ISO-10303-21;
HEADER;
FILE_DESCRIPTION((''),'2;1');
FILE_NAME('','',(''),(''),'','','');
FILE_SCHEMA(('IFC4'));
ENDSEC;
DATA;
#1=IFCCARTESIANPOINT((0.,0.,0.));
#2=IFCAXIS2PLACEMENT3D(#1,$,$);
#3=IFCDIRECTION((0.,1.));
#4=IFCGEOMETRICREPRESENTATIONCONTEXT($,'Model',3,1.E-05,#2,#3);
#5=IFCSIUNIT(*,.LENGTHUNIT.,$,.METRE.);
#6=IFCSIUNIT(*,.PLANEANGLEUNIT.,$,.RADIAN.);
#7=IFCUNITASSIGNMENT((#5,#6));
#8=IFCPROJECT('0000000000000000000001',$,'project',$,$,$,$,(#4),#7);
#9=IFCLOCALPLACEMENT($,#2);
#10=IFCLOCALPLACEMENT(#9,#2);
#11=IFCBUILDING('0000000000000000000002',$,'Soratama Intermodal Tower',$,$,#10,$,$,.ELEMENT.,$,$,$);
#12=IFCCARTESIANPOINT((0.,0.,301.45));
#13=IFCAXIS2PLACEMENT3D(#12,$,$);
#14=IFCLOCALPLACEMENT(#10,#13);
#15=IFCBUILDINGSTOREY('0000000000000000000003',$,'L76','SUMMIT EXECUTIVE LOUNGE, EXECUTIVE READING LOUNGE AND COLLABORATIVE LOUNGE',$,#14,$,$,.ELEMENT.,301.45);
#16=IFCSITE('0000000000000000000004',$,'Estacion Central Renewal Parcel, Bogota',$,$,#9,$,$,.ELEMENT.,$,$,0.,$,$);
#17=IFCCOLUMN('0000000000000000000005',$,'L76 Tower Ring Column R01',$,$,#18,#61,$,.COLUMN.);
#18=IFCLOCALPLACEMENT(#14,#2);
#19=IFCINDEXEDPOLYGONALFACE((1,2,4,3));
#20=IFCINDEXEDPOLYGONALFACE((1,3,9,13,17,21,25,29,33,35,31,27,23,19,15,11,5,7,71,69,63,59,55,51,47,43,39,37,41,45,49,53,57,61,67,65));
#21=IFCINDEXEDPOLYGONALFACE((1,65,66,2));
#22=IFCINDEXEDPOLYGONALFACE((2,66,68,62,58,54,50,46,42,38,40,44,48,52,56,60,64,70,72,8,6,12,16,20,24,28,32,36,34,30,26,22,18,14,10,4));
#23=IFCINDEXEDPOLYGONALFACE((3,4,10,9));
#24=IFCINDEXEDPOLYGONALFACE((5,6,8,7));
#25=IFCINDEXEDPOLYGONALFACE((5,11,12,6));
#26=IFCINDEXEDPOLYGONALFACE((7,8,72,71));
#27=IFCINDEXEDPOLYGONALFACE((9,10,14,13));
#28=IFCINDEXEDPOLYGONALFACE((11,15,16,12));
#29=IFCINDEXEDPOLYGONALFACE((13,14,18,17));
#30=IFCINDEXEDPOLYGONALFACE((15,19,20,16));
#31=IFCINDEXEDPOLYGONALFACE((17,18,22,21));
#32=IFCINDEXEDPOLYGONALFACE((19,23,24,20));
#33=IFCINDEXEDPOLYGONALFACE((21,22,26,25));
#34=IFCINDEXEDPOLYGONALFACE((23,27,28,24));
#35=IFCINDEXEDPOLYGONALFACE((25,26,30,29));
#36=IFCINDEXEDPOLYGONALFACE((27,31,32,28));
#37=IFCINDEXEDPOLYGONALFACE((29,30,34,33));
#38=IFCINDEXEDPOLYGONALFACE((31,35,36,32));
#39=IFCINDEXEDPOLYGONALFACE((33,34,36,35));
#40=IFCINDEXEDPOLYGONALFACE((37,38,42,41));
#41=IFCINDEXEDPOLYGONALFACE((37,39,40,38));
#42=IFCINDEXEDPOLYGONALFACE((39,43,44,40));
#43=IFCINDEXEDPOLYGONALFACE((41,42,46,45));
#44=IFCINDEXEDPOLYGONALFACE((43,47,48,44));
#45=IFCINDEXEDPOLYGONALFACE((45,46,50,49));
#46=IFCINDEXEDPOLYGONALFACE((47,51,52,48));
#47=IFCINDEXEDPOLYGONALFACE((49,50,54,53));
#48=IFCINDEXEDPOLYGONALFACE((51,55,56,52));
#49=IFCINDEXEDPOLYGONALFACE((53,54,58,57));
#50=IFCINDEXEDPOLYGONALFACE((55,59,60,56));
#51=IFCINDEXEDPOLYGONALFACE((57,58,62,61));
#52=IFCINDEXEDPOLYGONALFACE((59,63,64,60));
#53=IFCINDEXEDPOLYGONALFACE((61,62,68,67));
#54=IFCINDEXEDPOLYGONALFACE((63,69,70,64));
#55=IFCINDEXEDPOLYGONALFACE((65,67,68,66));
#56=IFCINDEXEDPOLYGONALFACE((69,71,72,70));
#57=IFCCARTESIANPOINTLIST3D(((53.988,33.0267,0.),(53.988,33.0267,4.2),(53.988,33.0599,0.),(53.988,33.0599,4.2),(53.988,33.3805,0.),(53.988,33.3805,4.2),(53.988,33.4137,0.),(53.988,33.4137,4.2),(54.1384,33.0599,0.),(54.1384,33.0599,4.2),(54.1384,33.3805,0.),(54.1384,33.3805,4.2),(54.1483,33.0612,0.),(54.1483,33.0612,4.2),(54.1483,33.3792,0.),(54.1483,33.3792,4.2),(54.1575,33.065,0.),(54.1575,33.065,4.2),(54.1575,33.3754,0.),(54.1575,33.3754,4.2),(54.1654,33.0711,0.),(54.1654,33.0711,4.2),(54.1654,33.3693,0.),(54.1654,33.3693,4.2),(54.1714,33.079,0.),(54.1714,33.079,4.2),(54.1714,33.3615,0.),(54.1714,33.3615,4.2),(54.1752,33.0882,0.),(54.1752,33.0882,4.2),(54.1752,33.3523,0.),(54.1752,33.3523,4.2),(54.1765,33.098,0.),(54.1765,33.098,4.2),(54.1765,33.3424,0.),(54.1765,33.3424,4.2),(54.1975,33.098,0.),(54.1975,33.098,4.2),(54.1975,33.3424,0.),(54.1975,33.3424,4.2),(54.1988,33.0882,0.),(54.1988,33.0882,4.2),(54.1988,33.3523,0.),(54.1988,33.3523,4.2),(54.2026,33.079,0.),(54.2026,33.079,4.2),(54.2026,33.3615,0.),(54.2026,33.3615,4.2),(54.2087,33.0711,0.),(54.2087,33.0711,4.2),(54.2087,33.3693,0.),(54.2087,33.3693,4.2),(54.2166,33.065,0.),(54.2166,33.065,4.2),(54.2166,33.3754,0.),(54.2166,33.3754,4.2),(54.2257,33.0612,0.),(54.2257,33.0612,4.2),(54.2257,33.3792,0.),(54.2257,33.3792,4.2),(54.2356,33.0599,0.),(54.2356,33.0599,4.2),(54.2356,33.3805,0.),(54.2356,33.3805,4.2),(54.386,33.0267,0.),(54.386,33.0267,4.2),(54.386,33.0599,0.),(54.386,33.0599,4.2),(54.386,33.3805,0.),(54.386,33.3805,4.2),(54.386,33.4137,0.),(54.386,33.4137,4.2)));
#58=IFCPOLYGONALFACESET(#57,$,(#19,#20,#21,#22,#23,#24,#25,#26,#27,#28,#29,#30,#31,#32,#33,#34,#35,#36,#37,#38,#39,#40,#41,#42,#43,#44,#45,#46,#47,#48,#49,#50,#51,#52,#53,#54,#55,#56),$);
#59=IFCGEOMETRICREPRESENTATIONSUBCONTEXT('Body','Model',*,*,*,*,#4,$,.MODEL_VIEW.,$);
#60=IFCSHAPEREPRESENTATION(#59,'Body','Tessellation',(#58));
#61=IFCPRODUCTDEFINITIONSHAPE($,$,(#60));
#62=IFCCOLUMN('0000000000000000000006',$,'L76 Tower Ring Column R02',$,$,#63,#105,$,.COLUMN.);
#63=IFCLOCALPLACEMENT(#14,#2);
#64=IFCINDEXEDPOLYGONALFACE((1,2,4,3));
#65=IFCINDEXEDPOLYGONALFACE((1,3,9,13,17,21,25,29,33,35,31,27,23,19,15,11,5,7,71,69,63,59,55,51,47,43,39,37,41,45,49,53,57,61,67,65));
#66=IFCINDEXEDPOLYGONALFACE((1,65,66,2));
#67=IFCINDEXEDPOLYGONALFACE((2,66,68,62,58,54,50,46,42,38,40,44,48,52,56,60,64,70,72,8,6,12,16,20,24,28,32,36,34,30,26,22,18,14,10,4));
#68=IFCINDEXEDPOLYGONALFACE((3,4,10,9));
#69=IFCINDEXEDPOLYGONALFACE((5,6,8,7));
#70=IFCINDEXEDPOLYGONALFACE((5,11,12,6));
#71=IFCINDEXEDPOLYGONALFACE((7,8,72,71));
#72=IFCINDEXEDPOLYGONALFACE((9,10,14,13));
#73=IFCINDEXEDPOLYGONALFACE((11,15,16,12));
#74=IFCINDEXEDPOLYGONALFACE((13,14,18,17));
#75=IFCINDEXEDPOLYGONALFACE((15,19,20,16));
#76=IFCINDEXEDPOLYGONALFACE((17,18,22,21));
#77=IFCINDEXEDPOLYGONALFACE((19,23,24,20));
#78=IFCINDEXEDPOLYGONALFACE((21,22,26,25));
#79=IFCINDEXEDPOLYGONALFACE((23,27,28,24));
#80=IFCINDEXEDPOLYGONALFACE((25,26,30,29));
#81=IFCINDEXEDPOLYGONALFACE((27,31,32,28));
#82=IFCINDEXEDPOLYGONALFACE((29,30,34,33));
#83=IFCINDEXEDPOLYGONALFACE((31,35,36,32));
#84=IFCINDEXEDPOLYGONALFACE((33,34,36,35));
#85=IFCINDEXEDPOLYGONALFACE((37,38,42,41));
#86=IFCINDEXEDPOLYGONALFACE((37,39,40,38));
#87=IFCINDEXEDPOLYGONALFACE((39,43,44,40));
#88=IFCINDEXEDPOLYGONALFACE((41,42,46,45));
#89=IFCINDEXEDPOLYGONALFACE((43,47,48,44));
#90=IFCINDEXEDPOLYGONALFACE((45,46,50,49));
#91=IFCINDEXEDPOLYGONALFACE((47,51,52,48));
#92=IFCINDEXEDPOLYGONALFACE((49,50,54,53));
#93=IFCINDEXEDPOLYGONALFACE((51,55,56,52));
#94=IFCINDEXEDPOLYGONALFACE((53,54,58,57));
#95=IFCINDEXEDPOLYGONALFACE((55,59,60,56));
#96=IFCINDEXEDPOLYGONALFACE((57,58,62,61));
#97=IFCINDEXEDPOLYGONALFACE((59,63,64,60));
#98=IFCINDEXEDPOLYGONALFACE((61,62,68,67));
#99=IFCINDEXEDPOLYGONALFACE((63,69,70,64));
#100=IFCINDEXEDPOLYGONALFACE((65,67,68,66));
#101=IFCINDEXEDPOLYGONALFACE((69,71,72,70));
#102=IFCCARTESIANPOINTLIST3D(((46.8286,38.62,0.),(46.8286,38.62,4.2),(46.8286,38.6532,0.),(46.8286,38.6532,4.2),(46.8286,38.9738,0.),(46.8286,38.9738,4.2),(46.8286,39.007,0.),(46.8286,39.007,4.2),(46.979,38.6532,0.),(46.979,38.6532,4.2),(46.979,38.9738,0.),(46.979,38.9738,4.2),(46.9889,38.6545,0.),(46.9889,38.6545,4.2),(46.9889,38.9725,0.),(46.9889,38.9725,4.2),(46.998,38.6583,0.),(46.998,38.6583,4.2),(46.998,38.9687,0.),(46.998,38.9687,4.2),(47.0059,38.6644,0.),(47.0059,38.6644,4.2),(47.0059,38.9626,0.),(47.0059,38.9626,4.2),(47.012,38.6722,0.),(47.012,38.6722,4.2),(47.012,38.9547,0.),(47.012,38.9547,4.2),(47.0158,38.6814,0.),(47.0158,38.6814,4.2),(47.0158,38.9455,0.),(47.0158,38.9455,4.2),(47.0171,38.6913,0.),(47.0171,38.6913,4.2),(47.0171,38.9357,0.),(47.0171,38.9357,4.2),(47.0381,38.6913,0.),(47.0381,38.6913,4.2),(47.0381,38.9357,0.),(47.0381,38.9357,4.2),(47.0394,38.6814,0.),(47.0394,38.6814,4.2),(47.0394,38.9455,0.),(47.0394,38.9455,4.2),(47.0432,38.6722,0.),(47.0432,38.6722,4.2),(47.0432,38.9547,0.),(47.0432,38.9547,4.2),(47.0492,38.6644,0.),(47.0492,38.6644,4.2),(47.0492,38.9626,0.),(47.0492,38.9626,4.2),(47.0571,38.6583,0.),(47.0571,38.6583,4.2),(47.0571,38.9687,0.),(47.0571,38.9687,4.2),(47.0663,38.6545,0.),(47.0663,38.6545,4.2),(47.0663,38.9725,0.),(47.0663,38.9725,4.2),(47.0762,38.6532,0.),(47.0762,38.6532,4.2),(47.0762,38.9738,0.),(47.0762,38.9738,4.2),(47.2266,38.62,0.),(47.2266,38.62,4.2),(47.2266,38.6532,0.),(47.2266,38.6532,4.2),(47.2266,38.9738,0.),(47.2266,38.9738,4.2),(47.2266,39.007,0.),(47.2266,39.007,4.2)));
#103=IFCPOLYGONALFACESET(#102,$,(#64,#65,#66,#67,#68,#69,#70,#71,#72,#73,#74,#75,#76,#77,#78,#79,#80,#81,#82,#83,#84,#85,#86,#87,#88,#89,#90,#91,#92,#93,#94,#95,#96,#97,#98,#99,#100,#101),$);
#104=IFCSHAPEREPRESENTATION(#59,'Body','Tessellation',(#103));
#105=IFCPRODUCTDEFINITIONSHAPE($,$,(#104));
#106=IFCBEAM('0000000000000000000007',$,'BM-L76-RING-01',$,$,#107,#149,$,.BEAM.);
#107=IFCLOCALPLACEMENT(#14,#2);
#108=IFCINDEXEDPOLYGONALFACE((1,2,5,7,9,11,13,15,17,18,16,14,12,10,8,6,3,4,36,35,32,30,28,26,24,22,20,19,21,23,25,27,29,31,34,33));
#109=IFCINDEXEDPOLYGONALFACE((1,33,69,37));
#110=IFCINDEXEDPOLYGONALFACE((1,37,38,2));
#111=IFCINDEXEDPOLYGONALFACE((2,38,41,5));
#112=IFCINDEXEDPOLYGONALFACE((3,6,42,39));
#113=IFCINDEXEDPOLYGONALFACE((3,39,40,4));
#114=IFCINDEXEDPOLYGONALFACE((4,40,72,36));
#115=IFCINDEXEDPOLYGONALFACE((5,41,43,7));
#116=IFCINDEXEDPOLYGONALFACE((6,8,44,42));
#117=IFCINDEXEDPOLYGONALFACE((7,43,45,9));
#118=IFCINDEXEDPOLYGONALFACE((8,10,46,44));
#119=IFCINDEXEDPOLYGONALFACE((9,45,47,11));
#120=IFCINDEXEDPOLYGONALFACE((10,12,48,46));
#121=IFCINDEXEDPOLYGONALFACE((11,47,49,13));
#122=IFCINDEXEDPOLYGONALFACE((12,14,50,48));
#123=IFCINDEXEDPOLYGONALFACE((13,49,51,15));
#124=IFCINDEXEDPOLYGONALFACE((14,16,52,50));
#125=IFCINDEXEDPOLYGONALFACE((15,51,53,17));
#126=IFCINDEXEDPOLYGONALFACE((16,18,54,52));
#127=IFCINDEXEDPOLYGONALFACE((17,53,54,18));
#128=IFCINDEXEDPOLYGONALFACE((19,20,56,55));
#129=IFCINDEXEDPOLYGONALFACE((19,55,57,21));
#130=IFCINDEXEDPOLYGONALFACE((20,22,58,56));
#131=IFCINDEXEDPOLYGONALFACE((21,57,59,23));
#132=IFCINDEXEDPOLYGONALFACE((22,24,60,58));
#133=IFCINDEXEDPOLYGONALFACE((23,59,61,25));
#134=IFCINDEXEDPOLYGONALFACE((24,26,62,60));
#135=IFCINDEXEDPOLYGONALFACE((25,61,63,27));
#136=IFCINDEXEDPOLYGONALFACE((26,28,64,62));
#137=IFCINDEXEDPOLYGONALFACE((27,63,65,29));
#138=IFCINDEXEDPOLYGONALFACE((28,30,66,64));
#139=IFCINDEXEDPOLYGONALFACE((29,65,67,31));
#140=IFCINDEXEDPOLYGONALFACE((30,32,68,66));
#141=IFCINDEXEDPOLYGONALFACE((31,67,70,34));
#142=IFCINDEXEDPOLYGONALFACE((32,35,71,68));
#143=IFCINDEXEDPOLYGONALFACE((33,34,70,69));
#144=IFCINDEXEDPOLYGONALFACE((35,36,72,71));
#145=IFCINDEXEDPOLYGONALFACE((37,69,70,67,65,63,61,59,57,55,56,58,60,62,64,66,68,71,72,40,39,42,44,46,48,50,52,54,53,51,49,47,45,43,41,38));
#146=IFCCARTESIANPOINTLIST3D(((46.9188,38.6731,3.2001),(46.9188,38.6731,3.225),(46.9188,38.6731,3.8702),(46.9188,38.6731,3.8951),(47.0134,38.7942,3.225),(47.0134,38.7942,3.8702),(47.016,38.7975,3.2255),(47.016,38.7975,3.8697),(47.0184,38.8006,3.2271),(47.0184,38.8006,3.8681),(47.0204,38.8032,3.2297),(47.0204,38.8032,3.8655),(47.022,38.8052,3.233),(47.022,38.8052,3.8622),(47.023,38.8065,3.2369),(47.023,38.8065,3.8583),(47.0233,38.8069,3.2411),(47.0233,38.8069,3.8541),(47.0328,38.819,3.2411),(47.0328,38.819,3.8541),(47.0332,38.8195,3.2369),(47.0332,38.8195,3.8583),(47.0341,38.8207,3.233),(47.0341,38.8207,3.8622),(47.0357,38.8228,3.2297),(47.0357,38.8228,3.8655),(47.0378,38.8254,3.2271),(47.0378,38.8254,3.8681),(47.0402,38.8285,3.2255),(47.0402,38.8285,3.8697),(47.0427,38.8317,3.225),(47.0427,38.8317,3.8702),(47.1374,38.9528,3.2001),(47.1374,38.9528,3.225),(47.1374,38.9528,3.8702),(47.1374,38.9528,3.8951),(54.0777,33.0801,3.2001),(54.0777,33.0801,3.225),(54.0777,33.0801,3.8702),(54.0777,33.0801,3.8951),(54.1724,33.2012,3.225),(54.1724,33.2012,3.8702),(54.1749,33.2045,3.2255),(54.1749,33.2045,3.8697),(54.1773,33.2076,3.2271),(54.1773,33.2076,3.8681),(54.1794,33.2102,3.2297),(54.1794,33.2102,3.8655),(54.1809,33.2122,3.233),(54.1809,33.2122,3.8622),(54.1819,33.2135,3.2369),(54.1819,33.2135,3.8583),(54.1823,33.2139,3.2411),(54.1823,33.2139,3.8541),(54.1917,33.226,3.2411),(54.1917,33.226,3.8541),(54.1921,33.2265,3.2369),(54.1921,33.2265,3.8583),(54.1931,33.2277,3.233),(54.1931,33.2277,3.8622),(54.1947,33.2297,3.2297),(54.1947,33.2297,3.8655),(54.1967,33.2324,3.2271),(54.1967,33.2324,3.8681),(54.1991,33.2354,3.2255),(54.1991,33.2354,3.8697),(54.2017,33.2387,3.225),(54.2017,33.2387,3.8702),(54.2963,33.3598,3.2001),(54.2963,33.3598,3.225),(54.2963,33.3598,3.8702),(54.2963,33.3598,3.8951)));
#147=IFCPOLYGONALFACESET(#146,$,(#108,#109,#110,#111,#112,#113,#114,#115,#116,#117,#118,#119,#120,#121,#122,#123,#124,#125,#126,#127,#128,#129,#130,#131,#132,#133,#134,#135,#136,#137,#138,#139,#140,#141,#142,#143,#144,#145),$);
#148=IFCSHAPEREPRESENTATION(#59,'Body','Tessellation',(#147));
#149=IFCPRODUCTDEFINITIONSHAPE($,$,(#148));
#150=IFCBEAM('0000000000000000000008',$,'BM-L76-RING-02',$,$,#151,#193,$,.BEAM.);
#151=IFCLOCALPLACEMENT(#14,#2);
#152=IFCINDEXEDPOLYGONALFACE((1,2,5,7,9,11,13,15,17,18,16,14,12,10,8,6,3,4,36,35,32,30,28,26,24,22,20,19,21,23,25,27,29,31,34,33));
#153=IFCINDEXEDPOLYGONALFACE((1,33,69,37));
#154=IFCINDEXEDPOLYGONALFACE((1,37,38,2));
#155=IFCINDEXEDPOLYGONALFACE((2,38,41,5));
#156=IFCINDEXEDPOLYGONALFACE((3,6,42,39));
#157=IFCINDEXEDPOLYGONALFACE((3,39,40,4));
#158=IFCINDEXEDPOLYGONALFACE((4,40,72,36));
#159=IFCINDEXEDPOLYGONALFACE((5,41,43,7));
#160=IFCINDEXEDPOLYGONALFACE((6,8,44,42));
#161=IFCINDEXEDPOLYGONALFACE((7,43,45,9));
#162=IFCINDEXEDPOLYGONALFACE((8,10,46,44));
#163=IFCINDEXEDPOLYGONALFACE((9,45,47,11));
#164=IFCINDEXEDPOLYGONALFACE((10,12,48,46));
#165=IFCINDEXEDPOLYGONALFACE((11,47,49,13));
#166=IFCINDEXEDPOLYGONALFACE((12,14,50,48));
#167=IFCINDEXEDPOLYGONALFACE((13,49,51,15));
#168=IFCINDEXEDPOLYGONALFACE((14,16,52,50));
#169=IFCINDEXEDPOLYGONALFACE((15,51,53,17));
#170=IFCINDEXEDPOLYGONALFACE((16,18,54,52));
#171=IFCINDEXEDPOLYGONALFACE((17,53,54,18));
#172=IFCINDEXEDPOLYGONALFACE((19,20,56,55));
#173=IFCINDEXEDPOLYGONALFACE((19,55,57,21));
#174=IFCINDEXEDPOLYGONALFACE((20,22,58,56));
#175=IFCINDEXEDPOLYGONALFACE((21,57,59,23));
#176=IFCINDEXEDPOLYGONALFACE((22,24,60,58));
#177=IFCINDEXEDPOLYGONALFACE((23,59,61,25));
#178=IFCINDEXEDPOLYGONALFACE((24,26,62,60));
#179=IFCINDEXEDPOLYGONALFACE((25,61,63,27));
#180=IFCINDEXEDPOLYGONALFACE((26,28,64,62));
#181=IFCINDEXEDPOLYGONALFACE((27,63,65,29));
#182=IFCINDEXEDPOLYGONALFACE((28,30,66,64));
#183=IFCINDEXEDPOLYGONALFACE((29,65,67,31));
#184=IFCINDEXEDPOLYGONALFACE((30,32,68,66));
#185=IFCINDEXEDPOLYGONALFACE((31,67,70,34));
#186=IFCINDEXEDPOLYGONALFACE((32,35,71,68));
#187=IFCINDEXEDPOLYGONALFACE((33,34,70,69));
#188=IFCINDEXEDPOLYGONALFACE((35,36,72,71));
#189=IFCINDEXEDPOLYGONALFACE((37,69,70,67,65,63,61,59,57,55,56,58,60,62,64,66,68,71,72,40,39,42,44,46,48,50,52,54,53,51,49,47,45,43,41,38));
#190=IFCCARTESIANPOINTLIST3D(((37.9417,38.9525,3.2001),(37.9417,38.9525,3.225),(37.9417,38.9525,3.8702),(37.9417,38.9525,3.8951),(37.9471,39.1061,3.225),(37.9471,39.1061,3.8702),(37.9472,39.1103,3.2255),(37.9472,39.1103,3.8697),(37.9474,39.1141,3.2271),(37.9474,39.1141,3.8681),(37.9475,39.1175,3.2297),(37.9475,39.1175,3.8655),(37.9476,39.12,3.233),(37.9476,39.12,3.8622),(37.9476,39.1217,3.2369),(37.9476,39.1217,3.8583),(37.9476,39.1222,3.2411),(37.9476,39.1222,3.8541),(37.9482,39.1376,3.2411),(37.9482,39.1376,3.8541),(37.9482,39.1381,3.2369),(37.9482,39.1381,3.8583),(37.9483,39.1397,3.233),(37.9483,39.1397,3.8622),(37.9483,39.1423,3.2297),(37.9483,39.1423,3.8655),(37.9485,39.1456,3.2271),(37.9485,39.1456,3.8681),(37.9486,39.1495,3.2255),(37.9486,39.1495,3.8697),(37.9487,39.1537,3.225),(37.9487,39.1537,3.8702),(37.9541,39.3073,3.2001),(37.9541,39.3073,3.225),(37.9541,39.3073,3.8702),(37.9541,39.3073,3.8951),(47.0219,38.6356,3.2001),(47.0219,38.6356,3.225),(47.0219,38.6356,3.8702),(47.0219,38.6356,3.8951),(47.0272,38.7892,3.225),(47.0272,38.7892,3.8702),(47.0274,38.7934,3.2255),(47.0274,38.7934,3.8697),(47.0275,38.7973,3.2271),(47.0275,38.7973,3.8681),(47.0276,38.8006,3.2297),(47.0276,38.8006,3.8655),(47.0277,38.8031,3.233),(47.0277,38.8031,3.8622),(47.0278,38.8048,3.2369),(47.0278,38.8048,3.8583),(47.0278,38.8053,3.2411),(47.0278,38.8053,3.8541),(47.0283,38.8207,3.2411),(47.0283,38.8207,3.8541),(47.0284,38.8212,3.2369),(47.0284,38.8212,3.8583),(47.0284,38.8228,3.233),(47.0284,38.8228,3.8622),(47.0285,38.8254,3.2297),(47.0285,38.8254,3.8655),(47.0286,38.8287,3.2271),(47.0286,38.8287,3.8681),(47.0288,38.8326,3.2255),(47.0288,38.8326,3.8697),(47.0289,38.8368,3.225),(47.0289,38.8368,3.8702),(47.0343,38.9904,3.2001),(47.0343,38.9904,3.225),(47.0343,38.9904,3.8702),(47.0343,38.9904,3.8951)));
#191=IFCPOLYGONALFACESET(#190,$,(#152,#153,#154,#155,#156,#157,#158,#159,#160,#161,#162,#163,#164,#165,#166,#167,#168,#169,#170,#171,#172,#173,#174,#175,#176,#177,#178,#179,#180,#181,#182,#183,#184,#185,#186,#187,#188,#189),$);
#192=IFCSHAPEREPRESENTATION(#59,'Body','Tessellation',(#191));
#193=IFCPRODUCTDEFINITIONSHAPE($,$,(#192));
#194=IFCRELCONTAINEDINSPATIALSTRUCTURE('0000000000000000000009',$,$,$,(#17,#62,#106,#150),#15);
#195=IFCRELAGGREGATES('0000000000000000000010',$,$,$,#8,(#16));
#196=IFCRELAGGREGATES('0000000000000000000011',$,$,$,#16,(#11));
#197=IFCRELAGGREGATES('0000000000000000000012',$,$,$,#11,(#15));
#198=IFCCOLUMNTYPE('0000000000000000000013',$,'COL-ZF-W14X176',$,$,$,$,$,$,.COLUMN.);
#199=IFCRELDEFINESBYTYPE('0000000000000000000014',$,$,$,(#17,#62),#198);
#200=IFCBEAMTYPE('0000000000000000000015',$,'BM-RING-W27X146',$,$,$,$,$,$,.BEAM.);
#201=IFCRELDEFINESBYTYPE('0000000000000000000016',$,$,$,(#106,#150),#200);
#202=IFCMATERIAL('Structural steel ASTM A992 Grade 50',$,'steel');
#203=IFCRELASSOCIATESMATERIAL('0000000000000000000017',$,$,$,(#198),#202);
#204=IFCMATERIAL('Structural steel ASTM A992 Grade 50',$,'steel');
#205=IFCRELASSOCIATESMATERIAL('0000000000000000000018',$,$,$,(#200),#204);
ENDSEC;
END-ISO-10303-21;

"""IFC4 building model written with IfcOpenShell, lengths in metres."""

from ifc_helpers import new_model, si_unit, direction, frame, origin, origin_2d, place, context, subcontext, project, spatial, i_section, extrude, material, material_profile, profile_set, type_object, element, save


model = new_model("IFC4")

# Units and contexts
model_context = context("Model", 3, precision=1e-05, world=origin(), true_north=direction((0.0, 1.0)))
body_context = subcontext(model_context, "Body", "Model", "MODEL_VIEW")
ifc_project = project(units=[si_unit("LENGTHUNIT", "METRE"), si_unit("PLANEANGLEUNIT", "RADIAN")], contexts=[model_context])

# Site, building, storey
site_placement = place(None, origin())
site = spatial("IfcSite", under=ifc_project, at=site_placement, Name="Estacion Central Renewal Parcel, Bogota", CompositionType="ELEMENT", RefElevation=0.0)
building_placement = place(site_placement, origin())
building = spatial("IfcBuilding", under=site, at=building_placement, Name="Soratama Intermodal Tower", CompositionType="ELEMENT")
storey_placement = place(building_placement, frame((0.0, 0.0, 301.45)))
storey = spatial("IfcBuildingStorey", under=building, at=storey_placement, Name="L76", Description="SUMMIT EXECUTIVE LOUNGE, EXECUTIVE READING LOUNGE AND COLLABORATIVE LOUNGE", CompositionType="ELEMENT", Elevation=301.45)

# Columns
ifc_material_1 = material(Name="Structural steel ASTM A992 Grade 50", Category="steel")
ifc_material_profile_1 = material_profile(ifc_material_1, i_section(OverallWidth=0.3979, OverallDepth=0.387, WebThickness=0.021, FlangeThickness=0.0332, FilletRadius=0.0381, at=origin_2d()), Name="W14X176")
ifc_profile_set_1 = profile_set([ifc_material_profile_1], Name="Structural steel ASTM A992 Grade 50")
column_type = type_object("IfcColumnType", Name="COL-ZF-W14X176", PredefinedType="COLUMN", material=ifc_profile_set_1)
for number, where, z_axis, x_axis, name in (
    (1, (54.187, 33.2202, 0.0), (0.0, 0.0, 1.0), (1.0, 0.0, 0.0), "L76 Tower Ring Column R01"),
    (2, (47.0276, 38.8135, 0.0), (0.0, 0.0, 1.0), (1.0, 0.0, 0.0), "L76 Tower Ring Column R02"),
):
    element("IfcColumn", number, at=place(storey_placement, frame(where, z_axis=z_axis, x_axis=x_axis)), inside=storey, type_object=column_type, Name=name, PredefinedType="COLUMN", context=body_context, shape_type="SweptSolid", body=[
        extrude(i_section(OverallWidth=0.3979, OverallDepth=0.387, WebThickness=0.021, FlangeThickness=0.0332, FilletRadius=0.0381, at=origin_2d()), origin(), (0.0, 0.0, 1.0), 4.2),
    ])

# Beams
ifc_material_2 = material(Name="Structural steel ASTM A992 Grade 50", Category="steel")
ifc_material_profile_2 = material_profile(ifc_material_2, i_section(OverallWidth=0.355, OverallDepth=0.6951, WebThickness=0.0154, FlangeThickness=0.0249, FilletRadius=0.0161, at=origin_2d()), Name="W27X146")
ifc_profile_set_2 = profile_set([ifc_material_profile_2], Name="Structural steel ASTM A992 Grade 50")
beam_type_1 = type_object("IfcBeamType", Name="BM-RING-W27X146", PredefinedType="BEAM", material=ifc_profile_set_2)
beam_1_placement = place(storey_placement, frame((54.187, 33.22, 3.5476), z_axis=(-0.788019, 0.615651, 0.0), x_axis=(-0.615651, -0.788019, 0.0)))
element("IfcBeam", 3, at=beam_1_placement, inside=storey, type_object=beam_type_1, Name="BM-L76-RING-01", PredefinedType="BEAM", context=body_context, shape_type="SweptSolid", body=[
    extrude(i_section(OverallWidth=0.355, OverallDepth=0.6951, WebThickness=0.0154, FlangeThickness=0.0249, FilletRadius=0.0161, at=origin_2d()), origin(), (0.0, 0.0, 1.0), 9.0847),
])
beam_2_placement = place(storey_placement, frame((47.0281, 38.813, 3.5476), z_axis=(-0.999392, 0.034879, 0.0), x_axis=(-0.034879, -0.999392, 0.0)))
element("IfcBeam", 4, at=beam_2_placement, inside=storey, type_object=beam_type_1, Name="BM-L76-RING-02", PredefinedType="BEAM", context=body_context, shape_type="SweptSolid", body=[
    extrude(i_section(OverallWidth=0.355, OverallDepth=0.6951, WebThickness=0.0154, FlangeThickness=0.0249, FilletRadius=0.0161, at=origin_2d()), origin(), (0.0, 0.0, 1.0), 9.0857),
])

save(model, "model.ifc")
